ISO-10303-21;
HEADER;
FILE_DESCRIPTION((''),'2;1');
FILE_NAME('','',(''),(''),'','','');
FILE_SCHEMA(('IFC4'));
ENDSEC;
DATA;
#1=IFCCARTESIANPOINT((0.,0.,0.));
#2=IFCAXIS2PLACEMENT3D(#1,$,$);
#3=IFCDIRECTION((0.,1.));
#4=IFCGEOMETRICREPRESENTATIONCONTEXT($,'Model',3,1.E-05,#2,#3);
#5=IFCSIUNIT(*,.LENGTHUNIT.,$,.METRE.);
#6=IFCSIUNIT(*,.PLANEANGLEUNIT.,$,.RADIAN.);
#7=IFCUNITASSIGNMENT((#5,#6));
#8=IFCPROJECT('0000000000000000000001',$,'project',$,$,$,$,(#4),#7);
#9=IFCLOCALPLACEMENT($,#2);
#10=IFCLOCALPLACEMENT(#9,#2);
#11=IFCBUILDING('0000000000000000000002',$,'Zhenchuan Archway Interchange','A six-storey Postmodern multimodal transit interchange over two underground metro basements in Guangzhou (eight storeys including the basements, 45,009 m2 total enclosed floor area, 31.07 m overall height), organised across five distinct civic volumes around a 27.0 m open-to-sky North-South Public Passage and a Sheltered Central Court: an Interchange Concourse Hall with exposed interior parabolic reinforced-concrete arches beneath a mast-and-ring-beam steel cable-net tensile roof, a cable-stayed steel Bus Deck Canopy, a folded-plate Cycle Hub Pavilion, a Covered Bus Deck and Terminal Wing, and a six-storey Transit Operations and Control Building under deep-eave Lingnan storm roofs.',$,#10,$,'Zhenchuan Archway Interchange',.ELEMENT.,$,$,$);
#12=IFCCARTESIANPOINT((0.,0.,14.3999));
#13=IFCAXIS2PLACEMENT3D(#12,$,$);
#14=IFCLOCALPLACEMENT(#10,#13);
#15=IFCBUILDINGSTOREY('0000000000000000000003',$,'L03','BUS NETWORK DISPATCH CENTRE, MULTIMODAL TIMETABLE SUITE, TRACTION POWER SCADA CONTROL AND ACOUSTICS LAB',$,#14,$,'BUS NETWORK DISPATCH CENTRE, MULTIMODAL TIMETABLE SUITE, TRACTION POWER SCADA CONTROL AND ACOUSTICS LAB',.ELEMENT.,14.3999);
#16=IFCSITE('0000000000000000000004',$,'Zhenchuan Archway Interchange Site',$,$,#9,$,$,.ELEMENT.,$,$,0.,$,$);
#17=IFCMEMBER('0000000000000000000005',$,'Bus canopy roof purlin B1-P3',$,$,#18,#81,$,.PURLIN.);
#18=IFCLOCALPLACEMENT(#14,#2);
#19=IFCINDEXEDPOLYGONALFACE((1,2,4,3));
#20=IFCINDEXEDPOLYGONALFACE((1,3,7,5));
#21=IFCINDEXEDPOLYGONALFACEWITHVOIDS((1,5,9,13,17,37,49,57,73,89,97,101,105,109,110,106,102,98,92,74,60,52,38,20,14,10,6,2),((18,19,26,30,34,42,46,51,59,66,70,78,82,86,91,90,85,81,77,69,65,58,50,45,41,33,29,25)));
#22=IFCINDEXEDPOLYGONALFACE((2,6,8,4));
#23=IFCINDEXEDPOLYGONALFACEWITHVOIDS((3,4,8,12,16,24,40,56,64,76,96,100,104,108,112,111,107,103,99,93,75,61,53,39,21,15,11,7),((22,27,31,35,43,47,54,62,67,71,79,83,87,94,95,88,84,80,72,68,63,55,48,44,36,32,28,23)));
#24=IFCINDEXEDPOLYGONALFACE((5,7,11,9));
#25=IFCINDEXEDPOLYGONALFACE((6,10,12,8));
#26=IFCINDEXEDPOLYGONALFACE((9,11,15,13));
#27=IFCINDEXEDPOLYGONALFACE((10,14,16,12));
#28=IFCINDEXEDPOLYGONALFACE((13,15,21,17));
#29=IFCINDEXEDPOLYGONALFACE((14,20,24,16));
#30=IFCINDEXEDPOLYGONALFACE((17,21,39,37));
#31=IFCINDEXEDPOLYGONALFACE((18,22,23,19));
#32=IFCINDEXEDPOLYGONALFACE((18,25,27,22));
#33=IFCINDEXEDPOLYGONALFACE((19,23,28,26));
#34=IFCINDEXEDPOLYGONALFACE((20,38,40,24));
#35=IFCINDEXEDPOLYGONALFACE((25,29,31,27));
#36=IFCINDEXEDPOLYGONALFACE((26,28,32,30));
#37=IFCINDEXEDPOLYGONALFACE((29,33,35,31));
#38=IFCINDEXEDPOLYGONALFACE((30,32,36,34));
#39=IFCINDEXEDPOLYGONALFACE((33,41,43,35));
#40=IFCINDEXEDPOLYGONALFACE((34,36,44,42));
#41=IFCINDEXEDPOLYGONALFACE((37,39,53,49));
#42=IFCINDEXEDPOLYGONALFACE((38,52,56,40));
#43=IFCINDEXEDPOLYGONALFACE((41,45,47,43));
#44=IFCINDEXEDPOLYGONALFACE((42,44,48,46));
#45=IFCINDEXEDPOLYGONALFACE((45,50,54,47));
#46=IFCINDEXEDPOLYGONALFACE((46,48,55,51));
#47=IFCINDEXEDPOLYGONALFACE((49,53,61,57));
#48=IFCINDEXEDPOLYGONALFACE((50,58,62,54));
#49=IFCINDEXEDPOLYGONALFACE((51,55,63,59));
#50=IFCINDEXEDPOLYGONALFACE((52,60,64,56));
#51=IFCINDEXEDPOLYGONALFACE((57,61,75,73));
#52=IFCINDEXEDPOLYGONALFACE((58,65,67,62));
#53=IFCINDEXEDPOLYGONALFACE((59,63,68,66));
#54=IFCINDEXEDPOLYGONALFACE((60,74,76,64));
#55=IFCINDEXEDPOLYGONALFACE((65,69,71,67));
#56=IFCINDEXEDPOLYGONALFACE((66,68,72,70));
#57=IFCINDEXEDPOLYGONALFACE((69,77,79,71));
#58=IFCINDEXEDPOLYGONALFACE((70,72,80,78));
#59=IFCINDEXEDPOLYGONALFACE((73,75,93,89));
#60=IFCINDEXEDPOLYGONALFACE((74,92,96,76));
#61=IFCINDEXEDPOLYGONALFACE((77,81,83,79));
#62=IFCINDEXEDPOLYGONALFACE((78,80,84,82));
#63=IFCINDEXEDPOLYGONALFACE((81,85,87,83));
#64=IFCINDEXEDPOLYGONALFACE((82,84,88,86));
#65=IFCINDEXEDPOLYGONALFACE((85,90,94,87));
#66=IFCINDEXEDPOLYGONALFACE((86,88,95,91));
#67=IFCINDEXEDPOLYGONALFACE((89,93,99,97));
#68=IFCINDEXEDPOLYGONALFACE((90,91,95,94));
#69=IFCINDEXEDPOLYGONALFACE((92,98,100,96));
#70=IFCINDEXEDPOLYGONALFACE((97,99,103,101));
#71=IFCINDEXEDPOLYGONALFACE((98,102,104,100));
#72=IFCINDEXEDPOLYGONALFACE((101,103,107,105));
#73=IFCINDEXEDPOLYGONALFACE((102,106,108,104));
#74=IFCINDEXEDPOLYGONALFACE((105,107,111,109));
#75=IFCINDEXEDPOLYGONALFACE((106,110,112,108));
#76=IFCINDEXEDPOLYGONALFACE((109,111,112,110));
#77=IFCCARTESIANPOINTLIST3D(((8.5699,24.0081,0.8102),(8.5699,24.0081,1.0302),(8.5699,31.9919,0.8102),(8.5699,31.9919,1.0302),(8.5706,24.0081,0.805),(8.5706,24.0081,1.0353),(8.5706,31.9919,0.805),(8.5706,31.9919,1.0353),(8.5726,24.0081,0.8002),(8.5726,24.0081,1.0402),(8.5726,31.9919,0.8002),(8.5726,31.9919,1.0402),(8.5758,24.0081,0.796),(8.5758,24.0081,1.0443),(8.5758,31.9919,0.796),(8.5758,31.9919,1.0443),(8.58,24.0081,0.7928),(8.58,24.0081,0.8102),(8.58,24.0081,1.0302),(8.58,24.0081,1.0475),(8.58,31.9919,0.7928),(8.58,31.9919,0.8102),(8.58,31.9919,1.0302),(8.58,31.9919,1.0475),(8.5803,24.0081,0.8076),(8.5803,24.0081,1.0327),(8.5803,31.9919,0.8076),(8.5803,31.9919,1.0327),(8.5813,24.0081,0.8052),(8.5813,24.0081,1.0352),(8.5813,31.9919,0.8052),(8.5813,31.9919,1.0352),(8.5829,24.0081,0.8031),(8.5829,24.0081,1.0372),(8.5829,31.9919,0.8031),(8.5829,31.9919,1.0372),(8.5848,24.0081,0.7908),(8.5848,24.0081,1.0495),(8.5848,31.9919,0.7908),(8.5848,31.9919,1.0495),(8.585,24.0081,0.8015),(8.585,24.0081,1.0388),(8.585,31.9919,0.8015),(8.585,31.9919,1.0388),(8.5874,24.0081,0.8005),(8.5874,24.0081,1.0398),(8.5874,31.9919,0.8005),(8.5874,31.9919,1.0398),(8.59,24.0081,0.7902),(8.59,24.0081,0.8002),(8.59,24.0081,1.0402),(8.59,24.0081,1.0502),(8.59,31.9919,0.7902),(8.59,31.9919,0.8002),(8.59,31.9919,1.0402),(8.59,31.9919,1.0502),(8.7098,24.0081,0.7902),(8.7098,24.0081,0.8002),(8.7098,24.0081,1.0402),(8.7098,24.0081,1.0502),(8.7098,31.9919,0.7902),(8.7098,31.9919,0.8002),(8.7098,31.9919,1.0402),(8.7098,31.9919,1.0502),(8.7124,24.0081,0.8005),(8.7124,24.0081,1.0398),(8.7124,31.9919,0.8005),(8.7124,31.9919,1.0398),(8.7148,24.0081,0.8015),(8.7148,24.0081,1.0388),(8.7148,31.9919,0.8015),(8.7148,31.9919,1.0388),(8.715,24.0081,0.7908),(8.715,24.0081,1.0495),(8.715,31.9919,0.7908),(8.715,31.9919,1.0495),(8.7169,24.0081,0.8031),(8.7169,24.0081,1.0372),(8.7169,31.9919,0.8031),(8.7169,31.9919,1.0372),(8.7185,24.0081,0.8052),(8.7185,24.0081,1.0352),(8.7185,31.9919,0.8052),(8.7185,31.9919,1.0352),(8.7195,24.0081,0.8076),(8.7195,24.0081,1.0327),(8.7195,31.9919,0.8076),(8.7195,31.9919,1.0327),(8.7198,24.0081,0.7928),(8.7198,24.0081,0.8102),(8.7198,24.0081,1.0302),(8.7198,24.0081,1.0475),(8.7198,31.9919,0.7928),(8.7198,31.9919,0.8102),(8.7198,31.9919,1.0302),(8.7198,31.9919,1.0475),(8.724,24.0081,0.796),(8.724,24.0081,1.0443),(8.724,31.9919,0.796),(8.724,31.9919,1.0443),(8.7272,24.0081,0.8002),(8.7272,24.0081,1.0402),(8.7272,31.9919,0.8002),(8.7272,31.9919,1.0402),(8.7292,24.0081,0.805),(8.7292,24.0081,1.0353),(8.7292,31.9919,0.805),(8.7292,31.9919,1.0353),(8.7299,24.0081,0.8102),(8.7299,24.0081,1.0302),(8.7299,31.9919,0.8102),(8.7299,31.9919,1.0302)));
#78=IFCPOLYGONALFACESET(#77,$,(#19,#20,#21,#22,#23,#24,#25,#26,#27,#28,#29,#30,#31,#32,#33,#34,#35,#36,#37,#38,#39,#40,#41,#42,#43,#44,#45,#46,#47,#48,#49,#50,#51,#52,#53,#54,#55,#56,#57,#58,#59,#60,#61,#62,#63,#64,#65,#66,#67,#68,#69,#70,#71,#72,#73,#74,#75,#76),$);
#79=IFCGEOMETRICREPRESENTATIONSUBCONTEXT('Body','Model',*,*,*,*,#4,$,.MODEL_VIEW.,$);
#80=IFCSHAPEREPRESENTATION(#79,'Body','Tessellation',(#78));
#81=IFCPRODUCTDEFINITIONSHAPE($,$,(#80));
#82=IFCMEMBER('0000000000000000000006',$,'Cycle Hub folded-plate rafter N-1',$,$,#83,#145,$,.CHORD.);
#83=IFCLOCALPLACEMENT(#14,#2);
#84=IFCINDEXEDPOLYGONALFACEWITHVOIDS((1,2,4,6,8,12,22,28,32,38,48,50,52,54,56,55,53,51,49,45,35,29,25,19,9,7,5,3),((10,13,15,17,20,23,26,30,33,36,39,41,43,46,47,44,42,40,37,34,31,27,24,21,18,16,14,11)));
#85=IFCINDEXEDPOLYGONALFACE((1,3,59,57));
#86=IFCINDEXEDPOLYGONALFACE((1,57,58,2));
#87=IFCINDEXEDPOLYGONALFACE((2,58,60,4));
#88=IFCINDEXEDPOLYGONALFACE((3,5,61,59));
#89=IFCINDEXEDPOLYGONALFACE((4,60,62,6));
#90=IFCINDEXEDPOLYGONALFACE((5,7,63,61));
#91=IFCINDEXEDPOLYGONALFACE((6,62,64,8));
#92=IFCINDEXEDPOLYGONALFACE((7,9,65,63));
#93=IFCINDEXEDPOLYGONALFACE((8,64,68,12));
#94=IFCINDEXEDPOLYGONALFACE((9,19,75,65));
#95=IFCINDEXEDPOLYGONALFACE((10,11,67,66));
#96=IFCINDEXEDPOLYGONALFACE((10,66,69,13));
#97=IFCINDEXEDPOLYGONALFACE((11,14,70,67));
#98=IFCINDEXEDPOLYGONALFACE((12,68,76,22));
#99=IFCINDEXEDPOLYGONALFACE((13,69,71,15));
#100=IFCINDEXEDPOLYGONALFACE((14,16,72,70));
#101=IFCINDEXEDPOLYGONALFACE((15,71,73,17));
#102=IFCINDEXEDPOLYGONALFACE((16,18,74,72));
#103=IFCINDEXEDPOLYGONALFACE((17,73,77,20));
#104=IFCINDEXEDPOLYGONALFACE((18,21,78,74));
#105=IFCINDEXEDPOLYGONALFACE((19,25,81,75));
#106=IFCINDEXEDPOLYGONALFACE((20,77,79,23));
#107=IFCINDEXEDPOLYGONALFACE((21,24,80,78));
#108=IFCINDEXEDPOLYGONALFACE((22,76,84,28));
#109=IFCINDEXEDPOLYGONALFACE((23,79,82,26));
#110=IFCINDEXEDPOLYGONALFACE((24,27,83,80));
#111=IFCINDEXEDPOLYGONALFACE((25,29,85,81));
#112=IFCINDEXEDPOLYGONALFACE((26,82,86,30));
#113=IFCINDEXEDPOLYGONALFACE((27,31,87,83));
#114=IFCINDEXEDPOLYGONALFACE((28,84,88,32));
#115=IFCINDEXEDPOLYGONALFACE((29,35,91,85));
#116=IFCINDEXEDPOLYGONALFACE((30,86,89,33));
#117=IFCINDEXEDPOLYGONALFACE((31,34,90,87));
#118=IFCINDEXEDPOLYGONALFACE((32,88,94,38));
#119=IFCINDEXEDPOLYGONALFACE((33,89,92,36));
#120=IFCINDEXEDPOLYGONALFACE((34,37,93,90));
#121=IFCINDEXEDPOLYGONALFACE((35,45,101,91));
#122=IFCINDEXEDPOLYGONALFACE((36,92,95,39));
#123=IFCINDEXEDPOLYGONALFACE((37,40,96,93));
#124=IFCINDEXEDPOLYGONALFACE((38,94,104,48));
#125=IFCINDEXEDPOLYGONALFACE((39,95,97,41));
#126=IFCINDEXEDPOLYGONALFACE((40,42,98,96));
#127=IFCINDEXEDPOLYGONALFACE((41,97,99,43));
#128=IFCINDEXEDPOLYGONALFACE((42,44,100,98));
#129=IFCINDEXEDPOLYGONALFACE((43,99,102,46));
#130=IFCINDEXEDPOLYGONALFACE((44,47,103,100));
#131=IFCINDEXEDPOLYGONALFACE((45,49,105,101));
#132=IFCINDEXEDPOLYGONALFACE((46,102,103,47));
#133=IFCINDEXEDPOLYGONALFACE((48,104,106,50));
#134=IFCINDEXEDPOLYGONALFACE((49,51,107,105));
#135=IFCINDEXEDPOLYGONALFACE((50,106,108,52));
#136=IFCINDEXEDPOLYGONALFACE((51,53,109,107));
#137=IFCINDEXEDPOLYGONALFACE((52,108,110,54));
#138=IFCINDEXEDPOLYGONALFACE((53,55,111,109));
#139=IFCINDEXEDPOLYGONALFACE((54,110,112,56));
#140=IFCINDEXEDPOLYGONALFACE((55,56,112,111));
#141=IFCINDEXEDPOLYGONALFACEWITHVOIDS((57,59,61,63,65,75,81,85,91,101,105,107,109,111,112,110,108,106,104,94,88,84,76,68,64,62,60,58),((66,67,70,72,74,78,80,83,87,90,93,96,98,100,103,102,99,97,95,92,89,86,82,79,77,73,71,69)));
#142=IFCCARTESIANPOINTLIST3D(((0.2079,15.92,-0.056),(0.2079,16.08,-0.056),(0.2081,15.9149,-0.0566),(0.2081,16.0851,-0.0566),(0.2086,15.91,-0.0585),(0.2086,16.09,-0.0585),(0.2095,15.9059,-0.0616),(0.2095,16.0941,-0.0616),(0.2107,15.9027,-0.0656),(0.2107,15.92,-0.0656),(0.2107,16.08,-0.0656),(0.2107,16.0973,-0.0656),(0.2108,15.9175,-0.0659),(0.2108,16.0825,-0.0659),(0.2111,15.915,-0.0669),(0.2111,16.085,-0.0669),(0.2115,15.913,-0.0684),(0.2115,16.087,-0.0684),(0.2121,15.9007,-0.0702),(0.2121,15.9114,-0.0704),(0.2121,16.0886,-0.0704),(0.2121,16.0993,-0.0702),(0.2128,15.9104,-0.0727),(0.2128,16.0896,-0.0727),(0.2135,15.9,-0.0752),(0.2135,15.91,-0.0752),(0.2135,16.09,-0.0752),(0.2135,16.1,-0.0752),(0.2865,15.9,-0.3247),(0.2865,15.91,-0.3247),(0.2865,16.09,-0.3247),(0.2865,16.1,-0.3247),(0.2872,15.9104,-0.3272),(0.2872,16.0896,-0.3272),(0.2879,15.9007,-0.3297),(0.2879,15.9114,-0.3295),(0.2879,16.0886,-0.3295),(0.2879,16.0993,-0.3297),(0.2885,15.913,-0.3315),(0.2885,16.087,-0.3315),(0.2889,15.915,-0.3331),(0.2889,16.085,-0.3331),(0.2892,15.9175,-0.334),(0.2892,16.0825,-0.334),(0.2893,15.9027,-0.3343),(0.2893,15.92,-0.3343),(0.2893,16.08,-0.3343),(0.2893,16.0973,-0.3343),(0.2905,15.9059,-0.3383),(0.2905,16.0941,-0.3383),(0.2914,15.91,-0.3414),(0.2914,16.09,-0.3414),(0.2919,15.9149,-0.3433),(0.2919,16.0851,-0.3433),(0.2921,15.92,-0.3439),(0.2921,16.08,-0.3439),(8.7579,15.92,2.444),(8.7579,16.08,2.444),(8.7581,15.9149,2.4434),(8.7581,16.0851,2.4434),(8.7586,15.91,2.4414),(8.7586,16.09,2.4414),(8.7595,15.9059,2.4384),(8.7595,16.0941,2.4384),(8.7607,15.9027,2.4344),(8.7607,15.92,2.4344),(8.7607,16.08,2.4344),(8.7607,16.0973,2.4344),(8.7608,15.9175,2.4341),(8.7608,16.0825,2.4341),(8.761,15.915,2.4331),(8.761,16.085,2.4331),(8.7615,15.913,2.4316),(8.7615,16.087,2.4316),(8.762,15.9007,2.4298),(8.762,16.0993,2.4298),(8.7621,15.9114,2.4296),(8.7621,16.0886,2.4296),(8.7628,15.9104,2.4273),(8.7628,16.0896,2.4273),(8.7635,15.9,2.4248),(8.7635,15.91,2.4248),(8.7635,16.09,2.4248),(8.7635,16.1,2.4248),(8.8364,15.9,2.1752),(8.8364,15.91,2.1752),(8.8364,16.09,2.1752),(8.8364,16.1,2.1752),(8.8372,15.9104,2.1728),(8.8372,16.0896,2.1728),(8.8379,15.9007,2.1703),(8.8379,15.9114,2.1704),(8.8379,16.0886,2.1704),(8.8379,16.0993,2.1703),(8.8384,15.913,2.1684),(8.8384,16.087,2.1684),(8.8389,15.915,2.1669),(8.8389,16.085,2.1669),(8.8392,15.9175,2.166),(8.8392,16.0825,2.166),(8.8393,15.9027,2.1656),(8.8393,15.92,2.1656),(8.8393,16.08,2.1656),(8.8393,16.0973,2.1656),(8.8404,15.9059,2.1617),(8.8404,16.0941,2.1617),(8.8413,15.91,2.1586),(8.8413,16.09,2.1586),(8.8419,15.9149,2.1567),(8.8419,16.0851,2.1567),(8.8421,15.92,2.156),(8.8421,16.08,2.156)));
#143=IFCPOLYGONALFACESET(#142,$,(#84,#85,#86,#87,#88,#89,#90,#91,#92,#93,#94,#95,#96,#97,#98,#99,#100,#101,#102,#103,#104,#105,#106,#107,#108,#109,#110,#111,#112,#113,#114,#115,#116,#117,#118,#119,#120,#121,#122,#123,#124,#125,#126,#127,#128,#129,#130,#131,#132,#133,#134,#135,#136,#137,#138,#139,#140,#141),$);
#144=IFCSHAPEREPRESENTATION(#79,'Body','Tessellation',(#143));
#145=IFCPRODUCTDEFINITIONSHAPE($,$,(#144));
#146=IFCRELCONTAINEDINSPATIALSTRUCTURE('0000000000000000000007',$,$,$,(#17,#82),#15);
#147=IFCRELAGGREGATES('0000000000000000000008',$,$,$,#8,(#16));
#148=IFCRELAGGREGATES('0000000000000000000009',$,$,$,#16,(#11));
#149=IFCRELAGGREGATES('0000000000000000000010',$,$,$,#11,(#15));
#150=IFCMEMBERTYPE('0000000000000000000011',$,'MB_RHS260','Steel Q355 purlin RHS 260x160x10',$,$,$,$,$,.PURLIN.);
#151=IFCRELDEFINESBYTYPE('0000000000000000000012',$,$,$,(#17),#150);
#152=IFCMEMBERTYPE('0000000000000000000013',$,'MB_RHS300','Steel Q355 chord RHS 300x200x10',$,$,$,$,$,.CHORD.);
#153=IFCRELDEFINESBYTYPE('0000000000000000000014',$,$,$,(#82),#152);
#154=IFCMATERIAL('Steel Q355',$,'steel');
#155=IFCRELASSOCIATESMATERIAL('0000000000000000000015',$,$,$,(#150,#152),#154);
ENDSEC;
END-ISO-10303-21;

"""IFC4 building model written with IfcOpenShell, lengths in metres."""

from ifc_helpers import new_model, si_unit, direction, frame, origin, origin_2d, place, context, subcontext, project, spatial, hollow_rectangle, extrude, material, material_profile, profile_set, type_object, element, save


model = new_model("IFC4")

# Units and contexts
model_context = context("Model", 3, precision=1e-05, world=origin(), true_north=direction((0.0, 1.0)))
body_context = subcontext(model_context, "Body", "Model", "MODEL_VIEW")
ifc_project = project(units=[si_unit("LENGTHUNIT", "METRE"), si_unit("PLANEANGLEUNIT", "RADIAN")], contexts=[model_context])

# Site, building, storey
site_placement = place(None, origin())
site = spatial("IfcSite", under=ifc_project, at=site_placement, Name="Zhenchuan Archway Interchange Site", CompositionType="ELEMENT", RefElevation=0.0)
building_placement = place(site_placement, origin())
building = spatial("IfcBuilding", under=site, at=building_placement, Name="Zhenchuan Archway Interchange", Description="A six-storey Postmodern multimodal transit interchange over two underground metro basements in Guangzhou (eight storeys including the basements, 45,009 m2 total enclosed floor area, 31.07 m overall height), organised across five distinct civic volumes around a 27.0 m open-to-sky North-South Public Passage and a Sheltered Central Court: an Interchange Concourse Hall with exposed interior parabolic reinforced-concrete arches beneath a mast-and-ring-beam steel cable-net tensile roof, a cable-stayed steel Bus Deck Canopy, a folded-plate Cycle Hub Pavilion, a Covered Bus Deck and Terminal Wing, and a six-storey Transit Operations and Control Building under deep-eave Lingnan storm roofs.", LongName="Zhenchuan Archway Interchange", CompositionType="ELEMENT")
storey_placement = place(building_placement, frame((0.0, 0.0, 14.3999)))
storey = spatial("IfcBuildingStorey", under=building, at=storey_placement, Name="L03", Description="BUS NETWORK DISPATCH CENTRE, MULTIMODAL TIMETABLE SUITE, TRACTION POWER SCADA CONTROL AND ACOUSTICS LAB", LongName="BUS NETWORK DISPATCH CENTRE, MULTIMODAL TIMETABLE SUITE, TRACTION POWER SCADA CONTROL AND ACOUSTICS LAB", CompositionType="ELEMENT", Elevation=14.3999)

# Shared definitions
ifc_material_1 = material(Name="Steel Q355", Category="steel")

# Members
ifc_material_profile_1 = material_profile(ifc_material_1, hollow_rectangle(XDim=0.1599, YDim=0.26, WallThickness=0.01, InnerFilletRadius=0.01, OuterFilletRadius=0.02, at=origin_2d()), Name="RHS 260x160x10")
ifc_profile_set_1 = profile_set([ifc_material_profile_1], Name="Steel Q355")
member_type_1 = type_object("IfcMemberType", Name="MB_RHS260", Description="Steel Q355 purlin RHS 260x160x10", PredefinedType="PURLIN", material=ifc_profile_set_1)
member_1_placement = place(storey_placement, frame((8.6499, 24.0081, 0.9202), z_axis=(0.0, 1.0, 0.0), x_axis=(-1.0, 0.0, 0.0)))
element("IfcMember", 1, at=member_1_placement, inside=storey, type_object=member_type_1, Name="Bus canopy roof purlin B1-P3", PredefinedType="PURLIN", context=body_context, shape_type="SweptSolid", body=[
    extrude(hollow_rectangle(XDim=0.1599, YDim=0.26, WallThickness=0.01, InnerFilletRadius=0.01, OuterFilletRadius=0.02, at=origin_2d()), origin(), (0.0, 0.0, 1.0), 7.9839),
])
ifc_material_profile_2 = material_profile(ifc_material_1, hollow_rectangle(XDim=0.2, YDim=0.3, WallThickness=0.01, InnerFilletRadius=0.01, OuterFilletRadius=0.02, at=origin_2d()), Name="RHS 300x200x10")
ifc_profile_set_2 = profile_set([ifc_material_profile_2], Name="Steel Q355")
member_type_2 = type_object("IfcMemberType", Name="MB_RHS300", Description="Steel Q355 chord RHS 300x200x10", PredefinedType="CHORD", material=ifc_profile_set_2)
for number, where, z_axis, x_axis, name in (
    (2, (0.25, 16.0, -0.2), (0.959812, 0.0, 0.280645), (0.0, 1.0, 0.0), "Cycle Hub folded-plate rafter N-1"),
):
    element("IfcMember", number, at=place(storey_placement, frame(where, z_axis=z_axis, x_axis=x_axis)), inside=storey, type_object=member_type_2, Name=name, PredefinedType="CHORD", context=body_context, shape_type="SweptSolid", body=[
        extrude(hollow_rectangle(XDim=0.2, YDim=0.3, WallThickness=0.01, InnerFilletRadius=0.01, OuterFilletRadius=0.02, at=origin_2d()), origin(), (0.0, 0.0, 1.0), 8.908),
    ])

save(model, "model.ifc")
